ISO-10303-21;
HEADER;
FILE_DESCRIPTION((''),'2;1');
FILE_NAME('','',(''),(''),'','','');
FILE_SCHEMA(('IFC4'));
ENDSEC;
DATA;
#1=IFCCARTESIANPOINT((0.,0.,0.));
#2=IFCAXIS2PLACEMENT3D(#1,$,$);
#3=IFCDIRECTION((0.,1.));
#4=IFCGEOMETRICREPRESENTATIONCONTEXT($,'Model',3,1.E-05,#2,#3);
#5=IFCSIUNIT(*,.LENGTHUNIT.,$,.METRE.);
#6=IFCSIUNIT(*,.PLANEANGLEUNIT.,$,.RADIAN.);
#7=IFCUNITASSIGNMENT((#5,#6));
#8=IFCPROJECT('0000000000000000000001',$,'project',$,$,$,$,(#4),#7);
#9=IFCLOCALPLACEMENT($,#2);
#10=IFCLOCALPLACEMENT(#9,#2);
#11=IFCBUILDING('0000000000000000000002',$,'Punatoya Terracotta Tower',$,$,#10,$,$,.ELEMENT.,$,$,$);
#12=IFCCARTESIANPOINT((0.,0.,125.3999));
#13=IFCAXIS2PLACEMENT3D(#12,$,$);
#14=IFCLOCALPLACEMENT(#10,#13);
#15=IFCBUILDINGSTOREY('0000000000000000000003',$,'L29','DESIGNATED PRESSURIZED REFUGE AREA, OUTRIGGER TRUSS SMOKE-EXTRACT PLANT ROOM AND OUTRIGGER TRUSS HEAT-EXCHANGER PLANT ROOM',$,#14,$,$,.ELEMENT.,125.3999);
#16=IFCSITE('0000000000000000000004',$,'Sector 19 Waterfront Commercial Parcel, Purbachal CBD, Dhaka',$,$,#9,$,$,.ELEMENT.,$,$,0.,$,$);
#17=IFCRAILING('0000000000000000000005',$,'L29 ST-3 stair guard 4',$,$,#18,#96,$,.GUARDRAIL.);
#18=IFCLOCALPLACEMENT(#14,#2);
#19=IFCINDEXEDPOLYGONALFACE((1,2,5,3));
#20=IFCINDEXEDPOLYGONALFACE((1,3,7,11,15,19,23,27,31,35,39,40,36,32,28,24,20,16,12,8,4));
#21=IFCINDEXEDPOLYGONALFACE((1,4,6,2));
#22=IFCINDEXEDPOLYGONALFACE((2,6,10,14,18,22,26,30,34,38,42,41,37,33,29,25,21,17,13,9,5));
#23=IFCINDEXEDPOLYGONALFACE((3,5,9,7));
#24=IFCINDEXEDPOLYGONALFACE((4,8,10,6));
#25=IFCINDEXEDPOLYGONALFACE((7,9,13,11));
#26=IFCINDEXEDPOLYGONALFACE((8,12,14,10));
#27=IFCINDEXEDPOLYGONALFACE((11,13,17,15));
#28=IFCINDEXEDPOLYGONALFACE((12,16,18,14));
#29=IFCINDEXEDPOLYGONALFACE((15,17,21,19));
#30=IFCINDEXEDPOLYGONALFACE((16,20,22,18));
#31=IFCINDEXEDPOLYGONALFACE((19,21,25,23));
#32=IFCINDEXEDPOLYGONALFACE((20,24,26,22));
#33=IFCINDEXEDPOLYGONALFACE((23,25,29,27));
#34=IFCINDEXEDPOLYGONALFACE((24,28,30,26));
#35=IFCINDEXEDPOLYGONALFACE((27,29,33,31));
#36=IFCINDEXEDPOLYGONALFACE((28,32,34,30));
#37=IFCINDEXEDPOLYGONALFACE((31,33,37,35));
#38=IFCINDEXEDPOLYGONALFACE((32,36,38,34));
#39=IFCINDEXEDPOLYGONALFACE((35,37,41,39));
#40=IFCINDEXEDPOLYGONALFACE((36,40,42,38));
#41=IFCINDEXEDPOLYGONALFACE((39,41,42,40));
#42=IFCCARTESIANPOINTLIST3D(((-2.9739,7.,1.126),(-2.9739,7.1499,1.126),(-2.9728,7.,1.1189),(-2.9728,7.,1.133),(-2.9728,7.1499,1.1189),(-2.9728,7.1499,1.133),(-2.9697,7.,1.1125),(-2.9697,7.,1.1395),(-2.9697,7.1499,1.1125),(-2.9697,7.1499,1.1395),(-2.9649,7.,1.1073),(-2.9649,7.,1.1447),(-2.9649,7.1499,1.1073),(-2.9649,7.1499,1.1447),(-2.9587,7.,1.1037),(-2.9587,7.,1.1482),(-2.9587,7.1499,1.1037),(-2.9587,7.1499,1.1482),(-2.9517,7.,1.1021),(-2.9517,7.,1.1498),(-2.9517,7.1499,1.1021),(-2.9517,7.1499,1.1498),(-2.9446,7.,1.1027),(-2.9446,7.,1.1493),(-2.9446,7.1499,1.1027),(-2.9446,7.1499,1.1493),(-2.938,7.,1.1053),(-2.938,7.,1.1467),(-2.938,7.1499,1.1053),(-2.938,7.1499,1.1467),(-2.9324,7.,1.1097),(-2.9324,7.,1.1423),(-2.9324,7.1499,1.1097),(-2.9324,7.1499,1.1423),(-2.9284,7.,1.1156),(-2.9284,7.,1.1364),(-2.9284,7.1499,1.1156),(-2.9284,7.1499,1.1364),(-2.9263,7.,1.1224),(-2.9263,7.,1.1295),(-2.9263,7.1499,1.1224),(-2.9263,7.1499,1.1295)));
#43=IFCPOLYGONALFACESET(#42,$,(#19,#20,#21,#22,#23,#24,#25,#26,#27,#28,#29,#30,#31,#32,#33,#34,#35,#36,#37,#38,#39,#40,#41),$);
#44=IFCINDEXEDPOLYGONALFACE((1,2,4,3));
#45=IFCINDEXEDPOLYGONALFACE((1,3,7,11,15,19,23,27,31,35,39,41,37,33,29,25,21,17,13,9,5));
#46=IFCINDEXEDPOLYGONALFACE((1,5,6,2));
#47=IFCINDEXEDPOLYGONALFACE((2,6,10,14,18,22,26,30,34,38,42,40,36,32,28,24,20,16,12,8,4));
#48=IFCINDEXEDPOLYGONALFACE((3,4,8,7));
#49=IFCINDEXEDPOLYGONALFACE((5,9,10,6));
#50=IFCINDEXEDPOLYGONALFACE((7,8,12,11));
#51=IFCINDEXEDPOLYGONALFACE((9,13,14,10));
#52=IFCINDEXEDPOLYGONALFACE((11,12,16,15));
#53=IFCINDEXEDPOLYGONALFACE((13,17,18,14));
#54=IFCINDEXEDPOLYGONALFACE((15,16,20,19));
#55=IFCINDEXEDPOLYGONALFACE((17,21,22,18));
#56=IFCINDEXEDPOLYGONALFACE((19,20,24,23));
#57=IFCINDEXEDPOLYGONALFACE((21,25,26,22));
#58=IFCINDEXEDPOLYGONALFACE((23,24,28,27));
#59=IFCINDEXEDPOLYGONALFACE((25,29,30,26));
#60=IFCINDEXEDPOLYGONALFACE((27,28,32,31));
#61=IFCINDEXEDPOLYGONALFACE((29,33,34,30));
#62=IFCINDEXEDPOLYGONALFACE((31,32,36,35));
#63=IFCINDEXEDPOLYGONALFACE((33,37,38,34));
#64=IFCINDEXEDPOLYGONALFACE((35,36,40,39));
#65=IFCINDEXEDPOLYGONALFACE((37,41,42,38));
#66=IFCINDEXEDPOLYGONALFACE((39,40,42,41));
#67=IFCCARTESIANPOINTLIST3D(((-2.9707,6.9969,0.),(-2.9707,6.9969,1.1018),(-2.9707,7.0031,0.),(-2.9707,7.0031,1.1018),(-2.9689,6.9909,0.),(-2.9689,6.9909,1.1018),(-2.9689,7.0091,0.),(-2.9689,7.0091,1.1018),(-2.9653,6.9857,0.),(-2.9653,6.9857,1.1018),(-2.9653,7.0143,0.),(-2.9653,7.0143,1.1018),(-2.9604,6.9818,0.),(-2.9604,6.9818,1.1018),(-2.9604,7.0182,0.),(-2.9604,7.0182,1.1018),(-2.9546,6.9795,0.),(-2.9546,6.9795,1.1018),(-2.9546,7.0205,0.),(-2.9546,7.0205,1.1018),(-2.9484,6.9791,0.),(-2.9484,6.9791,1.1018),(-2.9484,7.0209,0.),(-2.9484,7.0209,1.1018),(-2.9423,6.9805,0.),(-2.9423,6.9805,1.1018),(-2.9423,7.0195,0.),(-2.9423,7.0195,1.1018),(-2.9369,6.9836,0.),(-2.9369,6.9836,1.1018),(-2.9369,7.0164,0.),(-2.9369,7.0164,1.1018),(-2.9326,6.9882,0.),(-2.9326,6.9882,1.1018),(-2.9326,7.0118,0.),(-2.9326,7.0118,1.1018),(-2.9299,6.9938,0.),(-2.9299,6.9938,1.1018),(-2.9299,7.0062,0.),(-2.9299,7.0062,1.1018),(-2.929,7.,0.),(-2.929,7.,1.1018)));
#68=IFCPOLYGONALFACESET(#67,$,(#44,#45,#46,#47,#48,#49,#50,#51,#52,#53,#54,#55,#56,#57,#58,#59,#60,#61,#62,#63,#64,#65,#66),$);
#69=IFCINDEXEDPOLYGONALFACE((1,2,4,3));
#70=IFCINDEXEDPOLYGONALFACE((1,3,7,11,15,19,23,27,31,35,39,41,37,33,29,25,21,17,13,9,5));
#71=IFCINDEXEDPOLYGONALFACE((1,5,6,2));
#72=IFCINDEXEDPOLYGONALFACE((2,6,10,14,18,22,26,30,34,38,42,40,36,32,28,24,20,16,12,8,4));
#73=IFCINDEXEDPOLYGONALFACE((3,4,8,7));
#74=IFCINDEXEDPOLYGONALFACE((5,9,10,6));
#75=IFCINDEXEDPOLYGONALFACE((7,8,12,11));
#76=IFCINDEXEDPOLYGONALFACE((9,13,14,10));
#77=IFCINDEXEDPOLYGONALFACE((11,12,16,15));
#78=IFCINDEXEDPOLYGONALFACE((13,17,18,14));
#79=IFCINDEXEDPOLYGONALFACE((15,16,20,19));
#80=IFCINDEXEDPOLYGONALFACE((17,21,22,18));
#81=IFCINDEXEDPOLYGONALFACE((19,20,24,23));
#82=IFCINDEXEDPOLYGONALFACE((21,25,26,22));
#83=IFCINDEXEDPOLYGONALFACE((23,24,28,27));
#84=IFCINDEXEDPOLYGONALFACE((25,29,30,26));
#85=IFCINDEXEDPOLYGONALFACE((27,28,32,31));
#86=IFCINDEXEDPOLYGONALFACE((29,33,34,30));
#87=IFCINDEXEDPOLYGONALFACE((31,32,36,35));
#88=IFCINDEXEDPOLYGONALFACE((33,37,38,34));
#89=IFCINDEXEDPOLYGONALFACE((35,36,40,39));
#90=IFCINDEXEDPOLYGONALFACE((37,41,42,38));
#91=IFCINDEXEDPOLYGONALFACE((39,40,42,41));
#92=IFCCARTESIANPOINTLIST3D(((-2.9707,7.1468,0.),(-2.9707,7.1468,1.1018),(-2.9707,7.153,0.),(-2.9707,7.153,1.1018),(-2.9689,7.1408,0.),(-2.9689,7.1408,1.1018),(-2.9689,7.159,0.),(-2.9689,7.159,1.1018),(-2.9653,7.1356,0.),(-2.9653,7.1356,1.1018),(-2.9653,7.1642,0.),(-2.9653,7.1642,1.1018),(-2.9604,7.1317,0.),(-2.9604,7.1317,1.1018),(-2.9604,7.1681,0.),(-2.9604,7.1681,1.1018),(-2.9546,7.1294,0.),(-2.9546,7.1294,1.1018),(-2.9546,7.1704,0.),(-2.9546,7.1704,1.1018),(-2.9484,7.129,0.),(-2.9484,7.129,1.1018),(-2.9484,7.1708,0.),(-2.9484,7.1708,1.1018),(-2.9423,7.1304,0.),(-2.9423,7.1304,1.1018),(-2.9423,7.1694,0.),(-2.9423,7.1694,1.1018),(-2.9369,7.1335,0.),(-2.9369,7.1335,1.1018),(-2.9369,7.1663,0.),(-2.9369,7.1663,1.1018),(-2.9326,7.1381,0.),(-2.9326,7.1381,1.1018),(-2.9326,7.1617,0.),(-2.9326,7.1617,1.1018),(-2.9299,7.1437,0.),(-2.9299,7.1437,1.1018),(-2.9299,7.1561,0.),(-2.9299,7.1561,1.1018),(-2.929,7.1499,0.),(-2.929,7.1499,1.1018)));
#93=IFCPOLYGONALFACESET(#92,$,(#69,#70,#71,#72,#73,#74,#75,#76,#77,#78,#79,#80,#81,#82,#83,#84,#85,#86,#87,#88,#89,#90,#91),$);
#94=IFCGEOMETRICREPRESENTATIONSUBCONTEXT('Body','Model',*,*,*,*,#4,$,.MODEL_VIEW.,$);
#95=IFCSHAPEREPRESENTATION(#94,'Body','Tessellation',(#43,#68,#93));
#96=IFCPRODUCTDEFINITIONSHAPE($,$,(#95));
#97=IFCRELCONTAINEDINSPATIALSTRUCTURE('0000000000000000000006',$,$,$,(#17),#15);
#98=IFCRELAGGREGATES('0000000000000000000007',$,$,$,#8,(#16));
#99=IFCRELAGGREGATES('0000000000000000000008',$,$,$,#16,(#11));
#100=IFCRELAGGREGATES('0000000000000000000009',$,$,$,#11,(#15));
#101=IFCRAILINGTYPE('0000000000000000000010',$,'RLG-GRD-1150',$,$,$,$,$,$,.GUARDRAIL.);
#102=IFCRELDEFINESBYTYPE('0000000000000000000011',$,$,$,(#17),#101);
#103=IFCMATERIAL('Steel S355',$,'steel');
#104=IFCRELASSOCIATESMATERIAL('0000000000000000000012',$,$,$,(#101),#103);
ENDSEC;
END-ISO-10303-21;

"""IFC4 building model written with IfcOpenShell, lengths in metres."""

from ifc_helpers import new_model, si_unit, direction, frame, origin, origin_2d, place, context, subcontext, project, spatial, circle, extrude, material, type_object, element, save


model = new_model("IFC4")

# Units and contexts
model_context = context("Model", 3, precision=1e-05, world=origin(), true_north=direction((0.0, 1.0)))
body_context = subcontext(model_context, "Body", "Model", "MODEL_VIEW")
ifc_project = project(units=[si_unit("LENGTHUNIT", "METRE"), si_unit("PLANEANGLEUNIT", "RADIAN")], contexts=[model_context])

# Site, building, storey
site_placement = place(None, origin())
site = spatial("IfcSite", under=ifc_project, at=site_placement, Name="Sector 19 Waterfront Commercial Parcel, Purbachal CBD, Dhaka", CompositionType="ELEMENT", RefElevation=0.0)
building_placement = place(site_placement, origin())
building = spatial("IfcBuilding", under=site, at=building_placement, Name="Punatoya Terracotta Tower", CompositionType="ELEMENT")
storey_placement = place(building_placement, frame((0.0, 0.0, 125.3999)))
storey = spatial("IfcBuildingStorey", under=building, at=storey_placement, Name="L29", Description="DESIGNATED PRESSURIZED REFUGE AREA, OUTRIGGER TRUSS SMOKE-EXTRACT PLANT ROOM AND OUTRIGGER TRUSS HEAT-EXCHANGER PLANT ROOM", CompositionType="ELEMENT", Elevation=125.3999)

# Shared definitions
ifc_material_1 = material(Name="Steel S355", Category="steel")

# Railing
railing_type_1 = type_object("IfcRailingType", Name="RLG-GRD-1150", PredefinedType="GUARDRAIL", material=ifc_material_1)
railing_1_placement = place(storey_placement, frame((-2.95, 7.0, 0.0)))
element("IfcRailing", 1, at=railing_1_placement, inside=storey, type_object=railing_type_1, Name="L29 ST-3 stair guard 4", PredefinedType="GUARDRAIL", context=body_context, shape_type="SweptSolid", body=[
    extrude(circle(Radius=0.0239, at=origin_2d()), frame((0.0, 0.0, 1.126), z_axis=(0.0, 1.0, 0.0), x_axis=(-1.0, 0.0, 0.0)), (0.0, 0.0, 1.0), 0.1499),
    extrude(circle(Radius=0.021, at=origin_2d()), origin(), (0.0, 0.0, 1.0), 1.1018),
    extrude(circle(Radius=0.021, at=origin_2d()), frame((0.0, 0.1499, 0.0)), (0.0, 0.0, 1.0), 1.1018),
])

save(model, "model.ifc")
